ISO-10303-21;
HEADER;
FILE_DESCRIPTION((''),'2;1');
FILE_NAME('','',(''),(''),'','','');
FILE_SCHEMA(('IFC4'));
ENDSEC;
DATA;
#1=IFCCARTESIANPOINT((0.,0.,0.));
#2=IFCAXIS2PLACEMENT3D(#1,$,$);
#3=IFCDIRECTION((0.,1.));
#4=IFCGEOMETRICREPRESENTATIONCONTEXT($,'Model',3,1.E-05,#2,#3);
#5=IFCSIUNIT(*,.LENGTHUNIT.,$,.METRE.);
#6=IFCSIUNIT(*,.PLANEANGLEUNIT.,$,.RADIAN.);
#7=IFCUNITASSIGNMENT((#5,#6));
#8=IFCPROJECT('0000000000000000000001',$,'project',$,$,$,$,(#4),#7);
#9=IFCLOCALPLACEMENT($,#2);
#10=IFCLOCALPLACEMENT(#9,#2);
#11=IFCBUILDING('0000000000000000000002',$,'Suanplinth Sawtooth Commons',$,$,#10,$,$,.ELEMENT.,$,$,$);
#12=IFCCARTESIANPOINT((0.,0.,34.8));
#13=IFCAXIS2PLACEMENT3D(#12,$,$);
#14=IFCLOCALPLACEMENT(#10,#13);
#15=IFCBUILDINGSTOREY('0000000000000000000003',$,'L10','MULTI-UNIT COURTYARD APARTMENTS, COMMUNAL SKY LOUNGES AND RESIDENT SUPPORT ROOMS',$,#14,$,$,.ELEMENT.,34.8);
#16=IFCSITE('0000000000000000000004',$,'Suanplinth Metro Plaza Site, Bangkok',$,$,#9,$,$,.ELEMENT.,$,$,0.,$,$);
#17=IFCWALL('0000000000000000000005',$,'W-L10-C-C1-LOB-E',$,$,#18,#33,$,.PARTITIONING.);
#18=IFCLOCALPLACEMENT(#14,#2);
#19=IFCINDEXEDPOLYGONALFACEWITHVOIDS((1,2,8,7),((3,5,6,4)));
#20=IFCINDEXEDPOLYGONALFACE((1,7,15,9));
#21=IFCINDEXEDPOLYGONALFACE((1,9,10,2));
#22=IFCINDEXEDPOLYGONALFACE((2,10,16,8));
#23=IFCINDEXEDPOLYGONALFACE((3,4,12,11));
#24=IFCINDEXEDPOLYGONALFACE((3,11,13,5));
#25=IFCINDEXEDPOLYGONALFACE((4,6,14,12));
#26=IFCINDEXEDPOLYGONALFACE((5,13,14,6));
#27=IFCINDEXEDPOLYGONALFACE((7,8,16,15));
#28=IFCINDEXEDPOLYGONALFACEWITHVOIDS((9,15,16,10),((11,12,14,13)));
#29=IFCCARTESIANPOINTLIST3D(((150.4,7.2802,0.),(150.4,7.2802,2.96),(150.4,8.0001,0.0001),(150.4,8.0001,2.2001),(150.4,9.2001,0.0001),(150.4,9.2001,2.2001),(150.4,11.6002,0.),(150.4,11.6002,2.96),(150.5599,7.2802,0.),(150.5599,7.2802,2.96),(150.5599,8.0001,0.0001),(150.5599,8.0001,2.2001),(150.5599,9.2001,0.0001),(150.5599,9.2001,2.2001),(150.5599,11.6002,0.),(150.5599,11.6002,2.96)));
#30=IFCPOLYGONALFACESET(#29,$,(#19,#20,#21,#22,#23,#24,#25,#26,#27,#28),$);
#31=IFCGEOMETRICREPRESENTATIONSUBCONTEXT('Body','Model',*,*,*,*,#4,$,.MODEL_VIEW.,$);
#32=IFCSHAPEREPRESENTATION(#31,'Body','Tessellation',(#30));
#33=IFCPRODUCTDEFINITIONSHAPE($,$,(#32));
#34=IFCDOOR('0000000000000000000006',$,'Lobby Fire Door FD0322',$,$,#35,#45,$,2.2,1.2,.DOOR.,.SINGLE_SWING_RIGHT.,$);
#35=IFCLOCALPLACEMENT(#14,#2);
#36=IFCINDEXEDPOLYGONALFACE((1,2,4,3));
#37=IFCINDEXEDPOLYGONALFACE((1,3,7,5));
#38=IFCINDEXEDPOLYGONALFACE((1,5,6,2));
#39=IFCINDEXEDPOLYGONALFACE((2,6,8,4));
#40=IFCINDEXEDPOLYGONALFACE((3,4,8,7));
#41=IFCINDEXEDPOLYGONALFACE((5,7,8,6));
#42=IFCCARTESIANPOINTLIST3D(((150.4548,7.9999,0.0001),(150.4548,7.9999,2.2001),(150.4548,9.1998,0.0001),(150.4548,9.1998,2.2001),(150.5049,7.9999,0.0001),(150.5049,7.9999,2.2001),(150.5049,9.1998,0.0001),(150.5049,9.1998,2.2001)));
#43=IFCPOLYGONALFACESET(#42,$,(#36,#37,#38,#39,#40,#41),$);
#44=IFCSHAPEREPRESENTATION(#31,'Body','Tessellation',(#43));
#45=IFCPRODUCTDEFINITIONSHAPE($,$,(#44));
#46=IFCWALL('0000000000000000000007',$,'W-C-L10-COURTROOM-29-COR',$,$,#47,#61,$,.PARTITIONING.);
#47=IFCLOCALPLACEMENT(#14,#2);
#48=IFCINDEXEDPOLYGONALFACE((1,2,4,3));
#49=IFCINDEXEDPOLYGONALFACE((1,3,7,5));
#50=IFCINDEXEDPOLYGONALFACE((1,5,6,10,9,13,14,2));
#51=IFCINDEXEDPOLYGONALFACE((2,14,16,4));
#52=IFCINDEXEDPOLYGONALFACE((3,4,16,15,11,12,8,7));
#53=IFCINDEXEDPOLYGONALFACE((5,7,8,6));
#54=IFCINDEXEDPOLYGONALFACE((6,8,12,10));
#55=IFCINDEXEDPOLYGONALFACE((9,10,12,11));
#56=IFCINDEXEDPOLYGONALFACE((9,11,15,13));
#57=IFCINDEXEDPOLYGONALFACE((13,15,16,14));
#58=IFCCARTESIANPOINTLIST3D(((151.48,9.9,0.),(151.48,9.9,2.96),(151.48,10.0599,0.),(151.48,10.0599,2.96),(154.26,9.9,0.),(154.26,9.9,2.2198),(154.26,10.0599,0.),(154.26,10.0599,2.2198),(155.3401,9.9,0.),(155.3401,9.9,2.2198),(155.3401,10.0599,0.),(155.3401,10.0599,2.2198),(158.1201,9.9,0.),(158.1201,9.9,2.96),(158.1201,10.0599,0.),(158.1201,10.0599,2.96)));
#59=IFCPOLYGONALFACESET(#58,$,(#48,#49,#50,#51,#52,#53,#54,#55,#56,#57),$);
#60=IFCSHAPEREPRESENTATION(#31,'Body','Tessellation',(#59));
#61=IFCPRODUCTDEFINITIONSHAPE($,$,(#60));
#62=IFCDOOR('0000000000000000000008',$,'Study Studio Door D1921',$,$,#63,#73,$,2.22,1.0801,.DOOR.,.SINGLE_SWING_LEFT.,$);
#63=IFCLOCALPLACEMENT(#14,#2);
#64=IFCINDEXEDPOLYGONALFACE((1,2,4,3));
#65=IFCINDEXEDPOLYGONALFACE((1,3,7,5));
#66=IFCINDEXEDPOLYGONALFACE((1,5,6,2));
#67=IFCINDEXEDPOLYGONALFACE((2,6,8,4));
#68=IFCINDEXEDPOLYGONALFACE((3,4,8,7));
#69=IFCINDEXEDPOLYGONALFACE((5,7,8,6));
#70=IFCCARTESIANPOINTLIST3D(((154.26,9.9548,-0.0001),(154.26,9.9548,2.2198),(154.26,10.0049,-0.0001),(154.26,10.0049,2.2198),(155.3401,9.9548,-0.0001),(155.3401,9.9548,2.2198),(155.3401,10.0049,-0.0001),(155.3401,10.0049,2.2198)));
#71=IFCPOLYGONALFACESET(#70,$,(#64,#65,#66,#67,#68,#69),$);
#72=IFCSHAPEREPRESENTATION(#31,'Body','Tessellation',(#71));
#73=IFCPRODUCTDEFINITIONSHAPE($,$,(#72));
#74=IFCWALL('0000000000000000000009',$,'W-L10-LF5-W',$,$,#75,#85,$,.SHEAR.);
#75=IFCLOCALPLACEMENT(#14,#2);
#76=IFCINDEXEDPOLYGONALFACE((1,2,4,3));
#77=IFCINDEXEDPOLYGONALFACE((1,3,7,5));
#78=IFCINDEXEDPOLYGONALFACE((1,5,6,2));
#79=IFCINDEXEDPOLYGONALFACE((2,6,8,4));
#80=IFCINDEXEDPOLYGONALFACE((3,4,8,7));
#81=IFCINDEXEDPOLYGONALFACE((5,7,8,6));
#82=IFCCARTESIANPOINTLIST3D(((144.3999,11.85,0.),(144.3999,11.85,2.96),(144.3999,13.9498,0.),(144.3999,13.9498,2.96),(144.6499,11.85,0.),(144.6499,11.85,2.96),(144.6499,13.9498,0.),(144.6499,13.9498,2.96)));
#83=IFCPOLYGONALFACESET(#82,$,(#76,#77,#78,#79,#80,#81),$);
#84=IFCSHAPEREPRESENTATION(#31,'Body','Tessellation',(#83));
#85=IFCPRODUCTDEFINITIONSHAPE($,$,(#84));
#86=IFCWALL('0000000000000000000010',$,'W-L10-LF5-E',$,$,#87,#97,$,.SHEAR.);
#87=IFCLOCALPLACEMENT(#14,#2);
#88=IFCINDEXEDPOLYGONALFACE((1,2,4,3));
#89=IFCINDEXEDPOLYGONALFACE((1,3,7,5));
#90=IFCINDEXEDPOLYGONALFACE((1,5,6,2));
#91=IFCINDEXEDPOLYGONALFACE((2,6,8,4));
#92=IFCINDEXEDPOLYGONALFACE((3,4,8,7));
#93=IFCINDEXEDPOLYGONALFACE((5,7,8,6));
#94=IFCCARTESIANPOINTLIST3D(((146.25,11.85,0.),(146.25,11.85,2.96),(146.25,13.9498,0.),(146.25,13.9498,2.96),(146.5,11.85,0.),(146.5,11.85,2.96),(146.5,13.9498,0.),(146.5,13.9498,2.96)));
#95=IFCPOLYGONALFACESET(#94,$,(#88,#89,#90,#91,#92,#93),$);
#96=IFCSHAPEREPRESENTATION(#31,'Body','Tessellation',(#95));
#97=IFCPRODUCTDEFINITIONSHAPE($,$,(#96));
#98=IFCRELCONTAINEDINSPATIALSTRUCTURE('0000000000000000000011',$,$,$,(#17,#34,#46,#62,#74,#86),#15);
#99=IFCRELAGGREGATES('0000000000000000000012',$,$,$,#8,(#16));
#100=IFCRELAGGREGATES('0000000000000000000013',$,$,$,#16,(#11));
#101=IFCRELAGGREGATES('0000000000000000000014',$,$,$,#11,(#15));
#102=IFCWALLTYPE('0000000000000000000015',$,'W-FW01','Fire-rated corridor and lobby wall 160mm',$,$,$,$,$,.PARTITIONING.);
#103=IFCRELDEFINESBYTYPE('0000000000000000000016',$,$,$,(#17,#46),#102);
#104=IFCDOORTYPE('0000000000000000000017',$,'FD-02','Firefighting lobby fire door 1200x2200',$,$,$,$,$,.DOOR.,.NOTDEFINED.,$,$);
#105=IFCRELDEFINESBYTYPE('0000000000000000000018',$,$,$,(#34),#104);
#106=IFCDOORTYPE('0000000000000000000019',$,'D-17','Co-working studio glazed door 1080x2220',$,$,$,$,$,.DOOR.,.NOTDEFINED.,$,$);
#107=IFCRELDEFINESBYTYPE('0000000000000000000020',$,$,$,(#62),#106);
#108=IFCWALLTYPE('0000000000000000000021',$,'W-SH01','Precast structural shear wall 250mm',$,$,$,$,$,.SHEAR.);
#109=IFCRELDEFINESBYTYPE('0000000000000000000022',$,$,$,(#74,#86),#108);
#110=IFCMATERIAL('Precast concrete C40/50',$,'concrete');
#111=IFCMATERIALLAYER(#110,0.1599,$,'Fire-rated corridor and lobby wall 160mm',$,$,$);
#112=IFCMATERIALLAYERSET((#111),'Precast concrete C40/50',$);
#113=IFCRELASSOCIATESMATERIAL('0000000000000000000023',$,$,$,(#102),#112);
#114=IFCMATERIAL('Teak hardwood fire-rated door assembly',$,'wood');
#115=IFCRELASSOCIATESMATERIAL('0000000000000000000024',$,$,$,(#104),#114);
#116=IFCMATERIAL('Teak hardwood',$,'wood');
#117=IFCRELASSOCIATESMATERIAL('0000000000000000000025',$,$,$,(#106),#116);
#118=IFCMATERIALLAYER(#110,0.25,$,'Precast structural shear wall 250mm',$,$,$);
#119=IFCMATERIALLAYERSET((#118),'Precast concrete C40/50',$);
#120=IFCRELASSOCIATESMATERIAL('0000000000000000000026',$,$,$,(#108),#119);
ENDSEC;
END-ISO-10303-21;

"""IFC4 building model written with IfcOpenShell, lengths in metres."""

from ifc_helpers import new_model, si_unit, direction, frame, frame_2d, origin, place, context, subcontext, project, spatial, rectangle, extrude, material, layer, layer_set, type_object, element, fill, save


model = new_model("IFC4")

# Units and contexts
model_context = context("Model", 3, precision=1e-05, world=origin(), true_north=direction((0.0, 1.0)))
body_context = subcontext(model_context, "Body", "Model", "MODEL_VIEW")
ifc_project = project(units=[si_unit("LENGTHUNIT", "METRE"), si_unit("PLANEANGLEUNIT", "RADIAN")], contexts=[model_context])

# Site, building, storey
site_placement = place(None, origin())
site = spatial("IfcSite", under=ifc_project, at=site_placement, Name="Suanplinth Metro Plaza Site, Bangkok", CompositionType="ELEMENT", RefElevation=0.0)
building_placement = place(site_placement, origin())
building = spatial("IfcBuilding", under=site, at=building_placement, Name="Suanplinth Sawtooth Commons", CompositionType="ELEMENT")
storey_placement = place(building_placement, frame((0.0, 0.0, 34.8)))
storey = spatial("IfcBuildingStorey", under=building, at=storey_placement, Name="L10", Description="MULTI-UNIT COURTYARD APARTMENTS, COMMUNAL SKY LOUNGES AND RESIDENT SUPPORT ROOMS", CompositionType="ELEMENT", Elevation=34.8)

# Shared definitions
ifc_material_1 = material(Name="Precast concrete C40/50", Category="concrete")

# Walls, openings, doors
ifc_layer_1 = layer(ifc_material_1, 0.1599, Name="Fire-rated corridor and lobby wall 160mm")
ifc_layer_set_1 = layer_set([ifc_layer_1], Name="Precast concrete C40/50")
wall_type_1 = type_object("IfcWallType", Name="W-FW01", Description="Fire-rated corridor and lobby wall 160mm", PredefinedType="PARTITIONING", material=ifc_layer_set_1)
ifc_material_2 = material(Name="Teak hardwood fire-rated door assembly", Category="wood")
door_type_1 = type_object("IfcDoorType", Name="FD-02", Description="Firefighting lobby fire door 1200x2200", OperationType="NOTDEFINED", PredefinedType="DOOR", material=ifc_material_2)
wall_1_placement = place(storey_placement, frame((150.48, 7.28, 0.0), z_axis=(0.0, 0.0, 1.0), x_axis=(0.0, 1.0, 0.0)))
wall_1 = element("IfcWall", 1, at=wall_1_placement, inside=storey, type_object=wall_type_1, Name="W-L10-C-C1-LOB-E", PredefinedType="PARTITIONING", context=body_context, shape_type="SweptSolid", body=[
    extrude(rectangle(XDim=4.3201, YDim=0.1599, at=frame_2d((2.1602, 0.0))), origin(), (0.0, 0.0, 1.0), 2.96),
])
opening_1_placement = place(wall_1_placement, frame((0.72, 0.0, 0.0)))
opening_1 = element("IfcOpeningElement", 2, at=opening_1_placement, cuts=wall_1, PredefinedType="OPENING", context=body_context, shape_type="SweptSolid", body=[
    extrude(rectangle(XDim=1.2, YDim=2.2, at=frame_2d((0.6001, 1.1001))), frame((0.0, 0.0947, 0.0), z_axis=(0.0, -1.0, 0.0), x_axis=(1.0, 0.0, 0.0)), (0.0, 0.0, 1.0), 0.1897),
])
door_1_placement = place(opening_1_placement, frame((1.2, 0.0, 0.0), z_axis=(0.0, 0.0, 1.0), x_axis=(-1.0, 0.0, 0.0)))
door_1 = element("IfcDoor", 3, at=door_1_placement, inside=storey, type_object=door_type_1, Name="Lobby Fire Door FD0322", OperationType="SINGLE_SWING_RIGHT", OverallHeight=2.2, OverallWidth=1.2, PredefinedType="DOOR", context=body_context, shape_type="SweptSolid", body=[
    extrude(rectangle(XDim=1.2, YDim=2.2, at=frame_2d((0.6001, 1.1001))), frame((0.0, 0.0249, 0.0), z_axis=(0.0, -1.0, 0.0), x_axis=(1.0, 0.0, 0.0)), (0.0, 0.0, 1.0), 0.05),
])
fill(opening_1, door_1)
wall_2_placement = place(storey_placement, frame((151.48, 9.98, 0.0), z_axis=(0.0, 0.0, 1.0), x_axis=(1.0, 0.0, 0.0)))
wall_2 = element("IfcWall", 4, at=wall_2_placement, inside=storey, type_object=wall_type_1, Name="W-C-L10-COURTROOM-29-COR", PredefinedType="PARTITIONING", context=body_context, shape_type="SweptSolid", body=[
    extrude(rectangle(XDim=6.6401, YDim=0.1599, at=frame_2d((3.3201, 0.0))), origin(), (0.0, 0.0, 1.0), 2.96),
])
opening_2_placement = place(wall_2_placement, frame((2.78, 0.0, 0.0)))
opening_2 = element("IfcOpeningElement", 5, at=opening_2_placement, cuts=wall_2, PredefinedType="OPENING", context=body_context, shape_type="SweptSolid", body=[
    extrude(rectangle(XDim=1.0801, YDim=2.22, at=frame_2d((0.54, 1.1099))), frame((0.0, 0.0947, 0.0), z_axis=(0.0, -1.0, 0.0), x_axis=(1.0, 0.0, 0.0)), (0.0, 0.0, 1.0), 0.1897),
])
ifc_material_3 = material(Name="Teak hardwood", Category="wood")
door_type_2 = type_object("IfcDoorType", Name="D-17", Description="Co-working studio glazed door 1080x2220", OperationType="NOTDEFINED", PredefinedType="DOOR", material=ifc_material_3)
door_2_placement = place(opening_2_placement, origin())
door_2 = element("IfcDoor", 6, at=door_2_placement, inside=storey, type_object=door_type_2, Name="Study Studio Door D1921", OperationType="SINGLE_SWING_LEFT", OverallHeight=2.22, OverallWidth=1.0801, PredefinedType="DOOR", context=body_context, shape_type="SweptSolid", body=[
    extrude(rectangle(XDim=1.0801, YDim=2.22, at=frame_2d((0.54, 1.1099))), frame((0.0, 0.0249, 0.0), z_axis=(0.0, -1.0, 0.0), x_axis=(1.0, 0.0, 0.0)), (0.0, 0.0, 1.0), 0.05),
])
fill(opening_2, door_2)

# Walls
ifc_layer_2 = layer(ifc_material_1, 0.25, Name="Precast structural shear wall 250mm")
ifc_layer_set_2 = layer_set([ifc_layer_2], Name="Precast concrete C40/50")
wall_type_2 = type_object("IfcWallType", Name="W-SH01", Description="Precast structural shear wall 250mm", PredefinedType="SHEAR", material=ifc_layer_set_2)
for number, where, z_axis, x_axis, name in (
    (7, (144.5249, 11.8501, 0.0), (0.0, 0.0, 1.0), (0.0, 1.0, 0.0), "W-L10-LF5-W"),
    (8, (146.375, 11.8501, 0.0), (0.0, 0.0, 1.0), (0.0, 1.0, 0.0), "W-L10-LF5-E"),
):
    element("IfcWall", number, at=place(storey_placement, frame(where, z_axis=z_axis, x_axis=x_axis)), inside=storey, type_object=wall_type_2, Name=name, PredefinedType="SHEAR", context=body_context, shape_type="SweptSolid", body=[
        extrude(rectangle(XDim=2.0999, YDim=0.25, at=frame_2d((1.0498, 0.0))), origin(), (0.0, 0.0, 1.0), 2.96),
    ])

save(model, "model.ifc")
